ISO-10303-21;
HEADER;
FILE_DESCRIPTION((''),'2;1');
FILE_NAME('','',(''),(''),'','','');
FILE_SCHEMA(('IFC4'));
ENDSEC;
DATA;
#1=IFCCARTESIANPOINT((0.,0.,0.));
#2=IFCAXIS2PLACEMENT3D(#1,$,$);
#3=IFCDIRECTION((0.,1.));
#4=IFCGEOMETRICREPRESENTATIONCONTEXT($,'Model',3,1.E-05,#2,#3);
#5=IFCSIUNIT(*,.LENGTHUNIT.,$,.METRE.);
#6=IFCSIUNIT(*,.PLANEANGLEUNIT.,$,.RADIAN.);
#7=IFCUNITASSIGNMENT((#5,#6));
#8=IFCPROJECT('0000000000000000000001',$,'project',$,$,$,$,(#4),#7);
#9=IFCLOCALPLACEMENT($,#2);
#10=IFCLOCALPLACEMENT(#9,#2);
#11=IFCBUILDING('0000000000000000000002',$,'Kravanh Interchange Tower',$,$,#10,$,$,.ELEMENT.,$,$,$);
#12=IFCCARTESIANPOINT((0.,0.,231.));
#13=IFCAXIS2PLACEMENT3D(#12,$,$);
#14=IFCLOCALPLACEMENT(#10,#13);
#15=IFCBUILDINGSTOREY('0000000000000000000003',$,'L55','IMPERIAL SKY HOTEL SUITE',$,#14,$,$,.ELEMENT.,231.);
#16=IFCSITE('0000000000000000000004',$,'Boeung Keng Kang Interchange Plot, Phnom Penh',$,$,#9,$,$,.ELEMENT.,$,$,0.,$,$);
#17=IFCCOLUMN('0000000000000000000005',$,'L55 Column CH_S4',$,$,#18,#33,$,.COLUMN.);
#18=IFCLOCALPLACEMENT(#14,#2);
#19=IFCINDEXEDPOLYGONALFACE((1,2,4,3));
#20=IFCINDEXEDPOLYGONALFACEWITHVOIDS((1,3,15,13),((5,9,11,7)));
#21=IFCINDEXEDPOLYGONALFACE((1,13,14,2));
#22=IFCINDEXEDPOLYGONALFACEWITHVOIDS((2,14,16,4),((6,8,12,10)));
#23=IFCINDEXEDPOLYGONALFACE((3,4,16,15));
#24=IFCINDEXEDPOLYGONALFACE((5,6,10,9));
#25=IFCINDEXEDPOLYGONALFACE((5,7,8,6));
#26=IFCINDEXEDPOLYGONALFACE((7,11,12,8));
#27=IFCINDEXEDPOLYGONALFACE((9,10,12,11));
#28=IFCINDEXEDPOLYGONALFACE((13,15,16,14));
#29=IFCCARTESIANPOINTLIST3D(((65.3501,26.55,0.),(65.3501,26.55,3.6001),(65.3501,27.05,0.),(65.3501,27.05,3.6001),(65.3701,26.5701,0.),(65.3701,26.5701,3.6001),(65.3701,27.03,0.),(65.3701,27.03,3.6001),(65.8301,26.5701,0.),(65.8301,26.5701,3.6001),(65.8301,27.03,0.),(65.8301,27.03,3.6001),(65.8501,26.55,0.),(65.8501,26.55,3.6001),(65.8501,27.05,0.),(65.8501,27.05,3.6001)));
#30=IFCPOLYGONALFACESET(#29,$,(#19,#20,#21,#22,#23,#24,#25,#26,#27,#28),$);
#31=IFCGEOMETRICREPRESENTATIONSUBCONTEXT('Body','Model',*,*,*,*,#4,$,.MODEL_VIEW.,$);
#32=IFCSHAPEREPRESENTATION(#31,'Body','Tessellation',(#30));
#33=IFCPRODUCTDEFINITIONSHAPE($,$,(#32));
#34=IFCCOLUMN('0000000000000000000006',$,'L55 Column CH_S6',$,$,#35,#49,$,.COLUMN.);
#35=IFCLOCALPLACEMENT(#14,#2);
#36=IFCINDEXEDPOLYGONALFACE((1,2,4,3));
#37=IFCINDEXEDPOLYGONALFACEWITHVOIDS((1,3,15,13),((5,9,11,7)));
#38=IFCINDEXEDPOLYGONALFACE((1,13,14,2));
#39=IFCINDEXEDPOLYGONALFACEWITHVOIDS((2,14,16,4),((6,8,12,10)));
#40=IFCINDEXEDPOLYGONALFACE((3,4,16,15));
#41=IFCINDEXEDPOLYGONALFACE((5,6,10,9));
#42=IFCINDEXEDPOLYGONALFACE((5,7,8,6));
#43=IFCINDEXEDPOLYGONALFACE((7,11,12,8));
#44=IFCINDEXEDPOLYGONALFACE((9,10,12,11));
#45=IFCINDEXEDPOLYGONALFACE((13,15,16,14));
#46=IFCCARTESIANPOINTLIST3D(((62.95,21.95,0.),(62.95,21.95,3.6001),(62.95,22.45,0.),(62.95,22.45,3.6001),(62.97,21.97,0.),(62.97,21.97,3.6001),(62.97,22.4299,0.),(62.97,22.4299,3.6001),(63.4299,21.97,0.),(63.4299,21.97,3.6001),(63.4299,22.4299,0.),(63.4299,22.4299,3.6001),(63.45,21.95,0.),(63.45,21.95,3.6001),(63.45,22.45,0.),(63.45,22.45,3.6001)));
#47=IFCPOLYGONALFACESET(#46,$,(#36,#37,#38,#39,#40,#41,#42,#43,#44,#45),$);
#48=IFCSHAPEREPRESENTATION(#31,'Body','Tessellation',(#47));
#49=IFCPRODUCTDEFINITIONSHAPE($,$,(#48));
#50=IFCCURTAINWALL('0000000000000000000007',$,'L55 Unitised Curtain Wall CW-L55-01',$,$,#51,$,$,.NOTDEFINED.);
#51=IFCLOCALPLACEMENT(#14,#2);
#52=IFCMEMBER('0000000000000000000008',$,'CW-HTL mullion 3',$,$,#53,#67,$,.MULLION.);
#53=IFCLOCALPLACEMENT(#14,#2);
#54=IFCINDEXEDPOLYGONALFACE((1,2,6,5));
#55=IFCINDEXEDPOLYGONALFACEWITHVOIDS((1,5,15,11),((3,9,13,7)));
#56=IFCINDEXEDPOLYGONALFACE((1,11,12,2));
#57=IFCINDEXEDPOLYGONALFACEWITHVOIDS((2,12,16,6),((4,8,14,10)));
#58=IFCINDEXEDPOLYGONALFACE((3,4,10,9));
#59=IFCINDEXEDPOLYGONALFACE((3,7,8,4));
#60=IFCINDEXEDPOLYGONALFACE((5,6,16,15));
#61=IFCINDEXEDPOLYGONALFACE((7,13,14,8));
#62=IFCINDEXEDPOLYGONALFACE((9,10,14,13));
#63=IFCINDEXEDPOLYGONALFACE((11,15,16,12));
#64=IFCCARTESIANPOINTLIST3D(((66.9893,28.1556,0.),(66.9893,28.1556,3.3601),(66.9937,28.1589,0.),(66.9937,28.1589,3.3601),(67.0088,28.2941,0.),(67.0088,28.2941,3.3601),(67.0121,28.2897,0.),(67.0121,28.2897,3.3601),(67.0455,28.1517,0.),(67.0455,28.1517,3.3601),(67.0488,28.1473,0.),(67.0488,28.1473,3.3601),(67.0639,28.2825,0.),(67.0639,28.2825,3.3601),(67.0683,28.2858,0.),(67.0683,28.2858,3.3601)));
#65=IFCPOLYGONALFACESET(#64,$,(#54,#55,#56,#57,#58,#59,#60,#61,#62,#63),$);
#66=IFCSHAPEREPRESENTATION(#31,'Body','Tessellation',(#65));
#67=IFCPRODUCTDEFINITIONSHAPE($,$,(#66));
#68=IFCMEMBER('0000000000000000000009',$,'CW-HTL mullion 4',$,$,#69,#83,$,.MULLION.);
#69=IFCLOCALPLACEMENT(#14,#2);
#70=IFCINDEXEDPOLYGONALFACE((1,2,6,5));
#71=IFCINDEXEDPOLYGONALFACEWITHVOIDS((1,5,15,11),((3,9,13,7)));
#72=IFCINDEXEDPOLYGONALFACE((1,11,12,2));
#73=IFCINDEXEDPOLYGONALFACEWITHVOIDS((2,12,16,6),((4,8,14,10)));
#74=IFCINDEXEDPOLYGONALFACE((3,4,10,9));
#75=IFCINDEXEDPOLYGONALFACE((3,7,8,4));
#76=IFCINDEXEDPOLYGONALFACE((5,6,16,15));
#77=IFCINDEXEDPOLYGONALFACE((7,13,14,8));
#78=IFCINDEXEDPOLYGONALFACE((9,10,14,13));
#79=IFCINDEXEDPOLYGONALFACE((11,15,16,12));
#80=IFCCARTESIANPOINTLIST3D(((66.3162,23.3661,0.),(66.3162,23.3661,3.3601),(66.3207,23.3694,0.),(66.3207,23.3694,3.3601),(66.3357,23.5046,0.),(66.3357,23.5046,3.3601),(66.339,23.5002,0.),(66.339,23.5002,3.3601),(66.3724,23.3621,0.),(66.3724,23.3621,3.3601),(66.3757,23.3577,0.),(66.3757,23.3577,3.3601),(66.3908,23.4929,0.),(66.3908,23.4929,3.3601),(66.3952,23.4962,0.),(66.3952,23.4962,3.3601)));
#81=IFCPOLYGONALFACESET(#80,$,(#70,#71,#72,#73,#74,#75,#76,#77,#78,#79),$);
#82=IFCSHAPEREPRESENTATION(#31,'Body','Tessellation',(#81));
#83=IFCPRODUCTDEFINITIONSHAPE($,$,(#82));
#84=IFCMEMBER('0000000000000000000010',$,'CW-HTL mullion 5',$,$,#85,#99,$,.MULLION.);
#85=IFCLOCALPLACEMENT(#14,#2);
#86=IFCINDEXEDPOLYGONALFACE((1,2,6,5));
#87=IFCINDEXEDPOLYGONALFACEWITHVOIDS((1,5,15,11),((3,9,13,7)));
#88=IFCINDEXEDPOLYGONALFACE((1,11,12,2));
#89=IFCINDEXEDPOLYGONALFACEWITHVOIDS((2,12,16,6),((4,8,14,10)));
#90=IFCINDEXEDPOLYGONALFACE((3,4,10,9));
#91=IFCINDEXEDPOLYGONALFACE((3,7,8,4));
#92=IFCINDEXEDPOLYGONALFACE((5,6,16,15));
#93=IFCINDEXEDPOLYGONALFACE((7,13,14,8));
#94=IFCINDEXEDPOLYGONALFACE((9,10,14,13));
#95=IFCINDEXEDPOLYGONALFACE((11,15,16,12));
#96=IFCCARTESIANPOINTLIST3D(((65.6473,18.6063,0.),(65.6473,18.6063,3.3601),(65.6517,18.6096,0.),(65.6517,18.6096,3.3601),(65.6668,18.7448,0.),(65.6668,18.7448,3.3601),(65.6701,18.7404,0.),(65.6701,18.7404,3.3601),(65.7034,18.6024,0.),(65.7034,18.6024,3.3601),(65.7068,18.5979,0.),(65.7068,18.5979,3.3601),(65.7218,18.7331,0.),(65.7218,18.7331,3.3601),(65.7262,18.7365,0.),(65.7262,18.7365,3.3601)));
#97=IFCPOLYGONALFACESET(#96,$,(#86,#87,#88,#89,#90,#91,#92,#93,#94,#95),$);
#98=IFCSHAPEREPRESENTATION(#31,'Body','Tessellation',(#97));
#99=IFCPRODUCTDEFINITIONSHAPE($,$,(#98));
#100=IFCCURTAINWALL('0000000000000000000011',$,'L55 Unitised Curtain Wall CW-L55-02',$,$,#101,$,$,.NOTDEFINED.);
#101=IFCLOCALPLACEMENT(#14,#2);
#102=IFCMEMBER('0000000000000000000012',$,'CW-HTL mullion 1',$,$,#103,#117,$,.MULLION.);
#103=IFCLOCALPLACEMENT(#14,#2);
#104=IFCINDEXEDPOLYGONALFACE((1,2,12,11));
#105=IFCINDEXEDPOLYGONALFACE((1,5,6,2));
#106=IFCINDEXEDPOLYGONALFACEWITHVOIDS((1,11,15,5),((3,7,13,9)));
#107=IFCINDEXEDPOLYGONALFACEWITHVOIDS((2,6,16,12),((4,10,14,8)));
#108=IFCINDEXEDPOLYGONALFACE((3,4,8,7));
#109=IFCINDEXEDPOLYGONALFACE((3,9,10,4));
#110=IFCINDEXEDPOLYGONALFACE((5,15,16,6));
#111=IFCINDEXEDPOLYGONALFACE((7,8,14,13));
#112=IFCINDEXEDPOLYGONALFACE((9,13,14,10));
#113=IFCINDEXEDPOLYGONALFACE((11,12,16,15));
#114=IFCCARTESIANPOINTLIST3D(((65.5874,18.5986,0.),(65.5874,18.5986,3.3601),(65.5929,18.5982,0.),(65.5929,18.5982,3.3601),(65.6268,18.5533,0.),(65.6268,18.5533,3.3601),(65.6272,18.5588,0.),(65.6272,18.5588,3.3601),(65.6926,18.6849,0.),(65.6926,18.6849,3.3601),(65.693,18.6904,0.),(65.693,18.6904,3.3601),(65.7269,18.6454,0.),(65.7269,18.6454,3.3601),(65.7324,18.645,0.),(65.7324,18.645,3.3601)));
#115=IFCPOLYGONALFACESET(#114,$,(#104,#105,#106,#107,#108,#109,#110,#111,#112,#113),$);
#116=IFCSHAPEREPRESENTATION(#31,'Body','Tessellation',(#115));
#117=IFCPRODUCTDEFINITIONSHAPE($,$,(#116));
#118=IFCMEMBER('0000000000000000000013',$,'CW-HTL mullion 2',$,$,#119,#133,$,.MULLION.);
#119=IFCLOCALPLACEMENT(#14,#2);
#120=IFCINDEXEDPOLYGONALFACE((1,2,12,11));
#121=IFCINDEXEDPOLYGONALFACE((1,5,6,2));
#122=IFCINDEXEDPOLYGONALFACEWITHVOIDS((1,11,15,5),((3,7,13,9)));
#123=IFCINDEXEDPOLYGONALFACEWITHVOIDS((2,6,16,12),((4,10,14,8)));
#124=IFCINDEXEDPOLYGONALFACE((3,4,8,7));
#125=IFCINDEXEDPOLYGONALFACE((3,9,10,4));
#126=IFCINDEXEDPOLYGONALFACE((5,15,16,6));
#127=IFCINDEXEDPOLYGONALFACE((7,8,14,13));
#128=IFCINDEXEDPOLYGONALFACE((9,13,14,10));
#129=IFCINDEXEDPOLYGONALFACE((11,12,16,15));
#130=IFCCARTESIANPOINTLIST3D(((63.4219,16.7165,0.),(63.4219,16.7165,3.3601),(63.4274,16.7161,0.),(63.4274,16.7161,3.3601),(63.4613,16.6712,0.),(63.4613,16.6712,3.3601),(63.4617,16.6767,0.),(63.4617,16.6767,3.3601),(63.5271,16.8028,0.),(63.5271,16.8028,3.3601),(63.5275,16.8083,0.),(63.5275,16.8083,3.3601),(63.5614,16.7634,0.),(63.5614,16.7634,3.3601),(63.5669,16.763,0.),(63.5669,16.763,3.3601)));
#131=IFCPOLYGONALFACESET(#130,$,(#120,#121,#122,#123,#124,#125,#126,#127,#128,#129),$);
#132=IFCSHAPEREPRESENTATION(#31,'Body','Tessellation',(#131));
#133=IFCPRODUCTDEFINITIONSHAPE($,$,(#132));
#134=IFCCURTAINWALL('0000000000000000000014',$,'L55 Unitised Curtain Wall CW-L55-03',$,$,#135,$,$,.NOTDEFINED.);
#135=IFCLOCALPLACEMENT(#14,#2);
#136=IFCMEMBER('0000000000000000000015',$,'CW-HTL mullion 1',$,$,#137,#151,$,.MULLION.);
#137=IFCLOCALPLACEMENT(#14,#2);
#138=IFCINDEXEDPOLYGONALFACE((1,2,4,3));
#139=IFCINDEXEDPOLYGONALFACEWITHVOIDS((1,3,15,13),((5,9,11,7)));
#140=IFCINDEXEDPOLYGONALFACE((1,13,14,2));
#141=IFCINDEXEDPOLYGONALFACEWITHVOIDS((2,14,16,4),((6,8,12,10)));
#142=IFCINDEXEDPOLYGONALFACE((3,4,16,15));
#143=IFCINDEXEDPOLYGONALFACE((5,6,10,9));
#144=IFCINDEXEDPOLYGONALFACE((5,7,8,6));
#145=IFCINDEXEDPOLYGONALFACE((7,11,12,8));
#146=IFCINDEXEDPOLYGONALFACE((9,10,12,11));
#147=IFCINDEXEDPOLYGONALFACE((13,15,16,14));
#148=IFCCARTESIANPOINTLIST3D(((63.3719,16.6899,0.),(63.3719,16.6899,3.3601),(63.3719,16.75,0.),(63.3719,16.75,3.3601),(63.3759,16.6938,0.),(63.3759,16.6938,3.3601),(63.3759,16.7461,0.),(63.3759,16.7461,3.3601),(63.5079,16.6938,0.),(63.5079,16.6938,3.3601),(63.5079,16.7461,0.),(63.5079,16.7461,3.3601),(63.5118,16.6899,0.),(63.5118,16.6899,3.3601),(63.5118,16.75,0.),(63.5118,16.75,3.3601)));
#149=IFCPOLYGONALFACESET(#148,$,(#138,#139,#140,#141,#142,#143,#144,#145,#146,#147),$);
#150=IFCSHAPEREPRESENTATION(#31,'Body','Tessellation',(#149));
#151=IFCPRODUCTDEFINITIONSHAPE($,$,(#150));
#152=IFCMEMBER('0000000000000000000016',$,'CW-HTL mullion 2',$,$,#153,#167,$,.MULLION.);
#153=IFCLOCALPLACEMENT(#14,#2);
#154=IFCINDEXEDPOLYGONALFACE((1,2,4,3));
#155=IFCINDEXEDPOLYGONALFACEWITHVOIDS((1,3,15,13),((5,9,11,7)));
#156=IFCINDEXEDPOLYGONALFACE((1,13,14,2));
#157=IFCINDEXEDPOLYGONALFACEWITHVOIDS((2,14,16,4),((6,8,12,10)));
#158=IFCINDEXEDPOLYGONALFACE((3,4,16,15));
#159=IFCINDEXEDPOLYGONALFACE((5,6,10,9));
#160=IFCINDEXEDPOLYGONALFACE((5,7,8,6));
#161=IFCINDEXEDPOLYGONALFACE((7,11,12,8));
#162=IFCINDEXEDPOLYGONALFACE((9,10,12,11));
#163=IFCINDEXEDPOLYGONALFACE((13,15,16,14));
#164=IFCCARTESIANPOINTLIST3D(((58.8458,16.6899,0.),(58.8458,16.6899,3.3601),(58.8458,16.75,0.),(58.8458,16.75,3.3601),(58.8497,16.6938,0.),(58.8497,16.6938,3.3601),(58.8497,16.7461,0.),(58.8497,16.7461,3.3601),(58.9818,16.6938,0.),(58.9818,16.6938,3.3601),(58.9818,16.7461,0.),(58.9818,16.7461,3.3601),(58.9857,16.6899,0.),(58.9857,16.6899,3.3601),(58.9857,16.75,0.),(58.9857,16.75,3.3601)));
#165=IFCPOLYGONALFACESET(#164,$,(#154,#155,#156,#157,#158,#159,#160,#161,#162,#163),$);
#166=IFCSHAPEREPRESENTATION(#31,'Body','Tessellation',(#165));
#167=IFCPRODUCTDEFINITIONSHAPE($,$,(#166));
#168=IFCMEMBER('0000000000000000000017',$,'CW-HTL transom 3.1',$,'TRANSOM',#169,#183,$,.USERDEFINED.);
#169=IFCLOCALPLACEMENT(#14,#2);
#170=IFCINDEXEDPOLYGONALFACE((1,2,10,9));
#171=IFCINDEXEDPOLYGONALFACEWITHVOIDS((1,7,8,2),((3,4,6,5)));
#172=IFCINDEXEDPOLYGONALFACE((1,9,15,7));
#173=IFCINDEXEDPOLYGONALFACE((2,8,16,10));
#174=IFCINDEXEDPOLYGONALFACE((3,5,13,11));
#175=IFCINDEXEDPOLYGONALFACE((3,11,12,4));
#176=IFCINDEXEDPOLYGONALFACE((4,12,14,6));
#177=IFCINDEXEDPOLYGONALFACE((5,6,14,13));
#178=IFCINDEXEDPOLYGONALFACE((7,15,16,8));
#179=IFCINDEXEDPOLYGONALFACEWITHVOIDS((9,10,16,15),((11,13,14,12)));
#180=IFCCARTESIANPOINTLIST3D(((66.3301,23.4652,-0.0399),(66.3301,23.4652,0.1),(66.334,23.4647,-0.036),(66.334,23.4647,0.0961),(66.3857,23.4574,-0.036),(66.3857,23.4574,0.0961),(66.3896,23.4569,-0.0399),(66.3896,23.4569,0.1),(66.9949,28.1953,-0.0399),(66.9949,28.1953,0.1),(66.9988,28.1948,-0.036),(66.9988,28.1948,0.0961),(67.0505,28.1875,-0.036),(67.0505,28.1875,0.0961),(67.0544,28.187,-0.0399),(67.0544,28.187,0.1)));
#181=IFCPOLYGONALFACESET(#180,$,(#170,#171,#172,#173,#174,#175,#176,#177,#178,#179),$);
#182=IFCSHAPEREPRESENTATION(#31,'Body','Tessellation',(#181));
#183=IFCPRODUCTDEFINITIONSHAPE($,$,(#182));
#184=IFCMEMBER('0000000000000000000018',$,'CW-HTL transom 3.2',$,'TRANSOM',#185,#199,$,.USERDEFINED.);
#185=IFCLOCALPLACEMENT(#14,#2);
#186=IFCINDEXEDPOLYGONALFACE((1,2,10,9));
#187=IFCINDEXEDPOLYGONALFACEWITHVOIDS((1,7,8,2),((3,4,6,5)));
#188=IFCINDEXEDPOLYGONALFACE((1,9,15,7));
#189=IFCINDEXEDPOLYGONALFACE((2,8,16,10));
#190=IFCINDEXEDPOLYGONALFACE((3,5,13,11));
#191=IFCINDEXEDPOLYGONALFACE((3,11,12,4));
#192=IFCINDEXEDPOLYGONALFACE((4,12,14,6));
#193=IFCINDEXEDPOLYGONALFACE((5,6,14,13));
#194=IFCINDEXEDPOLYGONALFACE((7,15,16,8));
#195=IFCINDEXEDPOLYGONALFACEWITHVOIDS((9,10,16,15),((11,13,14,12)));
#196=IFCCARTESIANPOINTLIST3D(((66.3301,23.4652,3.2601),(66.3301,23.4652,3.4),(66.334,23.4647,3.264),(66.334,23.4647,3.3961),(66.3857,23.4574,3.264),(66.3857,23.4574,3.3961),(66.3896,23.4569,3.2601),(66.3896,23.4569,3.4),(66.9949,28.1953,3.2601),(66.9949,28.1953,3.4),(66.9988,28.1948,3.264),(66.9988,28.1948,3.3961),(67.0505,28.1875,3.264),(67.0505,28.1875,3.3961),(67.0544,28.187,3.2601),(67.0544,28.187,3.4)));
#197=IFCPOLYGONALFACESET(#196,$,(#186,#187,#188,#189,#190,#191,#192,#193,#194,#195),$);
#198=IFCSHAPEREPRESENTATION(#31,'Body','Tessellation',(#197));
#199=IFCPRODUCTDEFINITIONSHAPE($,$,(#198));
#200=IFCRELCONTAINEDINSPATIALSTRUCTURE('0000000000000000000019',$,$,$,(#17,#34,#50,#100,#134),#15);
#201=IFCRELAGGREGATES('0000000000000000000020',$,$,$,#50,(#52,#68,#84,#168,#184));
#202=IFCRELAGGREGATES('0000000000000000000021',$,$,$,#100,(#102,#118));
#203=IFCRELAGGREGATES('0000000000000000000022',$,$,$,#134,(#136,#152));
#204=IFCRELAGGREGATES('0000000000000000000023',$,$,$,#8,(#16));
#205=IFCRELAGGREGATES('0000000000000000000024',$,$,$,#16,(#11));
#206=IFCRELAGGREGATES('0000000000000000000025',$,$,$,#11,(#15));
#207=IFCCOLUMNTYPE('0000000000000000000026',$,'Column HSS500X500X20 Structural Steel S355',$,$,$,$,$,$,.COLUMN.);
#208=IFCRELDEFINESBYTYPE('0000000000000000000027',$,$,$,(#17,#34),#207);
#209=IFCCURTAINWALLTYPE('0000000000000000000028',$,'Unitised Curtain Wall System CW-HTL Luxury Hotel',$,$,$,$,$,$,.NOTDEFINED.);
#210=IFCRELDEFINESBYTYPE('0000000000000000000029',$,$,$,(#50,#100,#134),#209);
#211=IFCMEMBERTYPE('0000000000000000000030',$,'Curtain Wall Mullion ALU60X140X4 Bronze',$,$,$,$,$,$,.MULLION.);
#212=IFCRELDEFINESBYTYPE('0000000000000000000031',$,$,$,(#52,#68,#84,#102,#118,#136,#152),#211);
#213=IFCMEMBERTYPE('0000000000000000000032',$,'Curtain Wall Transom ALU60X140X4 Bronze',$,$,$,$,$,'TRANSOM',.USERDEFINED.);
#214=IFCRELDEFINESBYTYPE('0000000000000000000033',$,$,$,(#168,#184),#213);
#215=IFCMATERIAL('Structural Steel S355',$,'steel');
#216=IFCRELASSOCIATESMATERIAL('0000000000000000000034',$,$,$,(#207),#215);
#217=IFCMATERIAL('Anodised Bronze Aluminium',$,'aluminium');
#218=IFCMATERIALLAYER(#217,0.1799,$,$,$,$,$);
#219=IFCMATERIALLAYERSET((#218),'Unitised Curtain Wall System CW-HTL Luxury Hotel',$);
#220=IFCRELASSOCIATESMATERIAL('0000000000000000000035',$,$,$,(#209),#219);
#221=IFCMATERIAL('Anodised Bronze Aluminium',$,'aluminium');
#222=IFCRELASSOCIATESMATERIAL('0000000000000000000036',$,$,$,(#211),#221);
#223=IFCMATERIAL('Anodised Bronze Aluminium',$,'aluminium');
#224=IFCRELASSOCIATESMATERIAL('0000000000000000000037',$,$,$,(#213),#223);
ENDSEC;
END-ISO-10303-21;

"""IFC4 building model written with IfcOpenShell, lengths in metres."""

from ifc_helpers import new_model, si_unit, direction, frame, origin, origin_2d, place, context, subcontext, project, spatial, hollow_rectangle, extrude, material, layer, layer_set, material_profile, profile_set, type_object, element, aggregate, save


model = new_model("IFC4")

# Units and contexts
model_context = context("Model", 3, precision=1e-05, world=origin(), true_north=direction((0.0, 1.0)))
body_context = subcontext(model_context, "Body", "Model", "MODEL_VIEW")
ifc_project = project(units=[si_unit("LENGTHUNIT", "METRE"), si_unit("PLANEANGLEUNIT", "RADIAN")], contexts=[model_context])

# Site, building, storey
site_placement = place(None, origin())
site = spatial("IfcSite", under=ifc_project, at=site_placement, Name="Boeung Keng Kang Interchange Plot, Phnom Penh", CompositionType="ELEMENT", RefElevation=0.0)
building_placement = place(site_placement, origin())
building = spatial("IfcBuilding", under=site, at=building_placement, Name="Kravanh Interchange Tower", CompositionType="ELEMENT")
storey_placement = place(building_placement, frame((0.0, 0.0, 231.0)))
storey = spatial("IfcBuildingStorey", under=building, at=storey_placement, Name="L55", Description="IMPERIAL SKY HOTEL SUITE", CompositionType="ELEMENT", Elevation=231.0)

# Columns
ifc_material_1 = material(Name="Structural Steel S355", Category="steel")
ifc_material_profile_1 = material_profile(ifc_material_1, hollow_rectangle(XDim=0.5, YDim=0.5, WallThickness=0.02, at=origin_2d()), Name="HSS500X500X20")
ifc_profile_set_1 = profile_set([ifc_material_profile_1], Name="Structural Steel S355")
column_type = type_object("IfcColumnType", Name="Column HSS500X500X20 Structural Steel S355", PredefinedType="COLUMN", material=ifc_profile_set_1)
for number, where, z_axis, x_axis, name in (
    (1, (65.6001, 26.8, 0.0), (0.0, 0.0, 1.0), (1.0, 0.0, 0.0), "L55 Column CH_S4"),
    (2, (63.2, 22.2, 0.0), (0.0, 0.0, 1.0), (1.0, 0.0, 0.0), "L55 Column CH_S6"),
):
    element("IfcColumn", number, at=place(storey_placement, frame(where, z_axis=z_axis, x_axis=x_axis)), inside=storey, type_object=column_type, Name=name, PredefinedType="COLUMN", context=body_context, shape_type="SweptSolid", body=[
        extrude(hollow_rectangle(XDim=0.5, YDim=0.5, WallThickness=0.02, at=origin_2d()), origin(), (0.0, 0.0, 1.0), 3.6001),
    ])

# Curtain walls, members
ifc_material_2 = material(Name="Anodised Bronze Aluminium", Category="aluminium")
ifc_layer_1 = layer(ifc_material_2, 0.1799)
ifc_layer_set_1 = layer_set([ifc_layer_1], Name="Unitised Curtain Wall System CW-HTL Luxury Hotel")
curtain_wall_type = type_object("IfcCurtainWallType", Name="Unitised Curtain Wall System CW-HTL Luxury Hotel", PredefinedType="NOTDEFINED", material=ifc_layer_set_1)
curtain_wall_1_placement = place(storey_placement, origin())
curtain_wall_1 = element("IfcCurtainWall", 3, at=curtain_wall_1_placement, inside=storey, type_object=curtain_wall_type, Name="L55 Unitised Curtain Wall CW-L55-01", PredefinedType="NOTDEFINED")
ifc_material_3 = material(Name="Anodised Bronze Aluminium", Category="aluminium")
ifc_material_profile_2 = material_profile(ifc_material_3, hollow_rectangle(XDim=0.0601, YDim=0.1399, WallThickness=0.0039, at=origin_2d()), Name="ALU60X140X4")
ifc_profile_set_2 = profile_set([ifc_material_profile_2], Name="Anodised Bronze Aluminium")
member_type_1 = type_object("IfcMemberType", Name="Curtain Wall Mullion ALU60X140X4 Bronze", PredefinedType="MULLION", material=ifc_profile_set_2)
member_1_placement = place(storey_placement, frame((67.0288, 28.2207, 0.0), z_axis=(0.0, 0.0, 1.0), x_axis=(0.990268, -0.139176, 0.0)))
member_1 = element("IfcMember", 4, at=member_1_placement, type_object=member_type_1, Name="CW-HTL mullion 3", PredefinedType="MULLION", context=body_context, shape_type="SweptSolid", body=[
    extrude(hollow_rectangle(XDim=0.0601, YDim=0.1399, WallThickness=0.0039, at=origin_2d()), origin(), (0.0, 0.0, 1.0), 3.3601),
])
member_2_placement = place(storey_placement, frame((66.3557, 23.4312, 0.0), z_axis=(0.0, 0.0, 1.0), x_axis=(0.990268, -0.139176, 0.0)))
member_2 = element("IfcMember", 5, at=member_2_placement, type_object=member_type_1, Name="CW-HTL mullion 4", PredefinedType="MULLION", context=body_context, shape_type="SweptSolid", body=[
    extrude(hollow_rectangle(XDim=0.0601, YDim=0.1399, WallThickness=0.0039, at=origin_2d()), origin(), (0.0, 0.0, 1.0), 3.3601),
])
member_3_placement = place(storey_placement, frame((65.6868, 18.6714, 0.0), z_axis=(0.0, 0.0, 1.0), x_axis=(0.990268, -0.139176, 0.0)))
member_3 = element("IfcMember", 6, at=member_3_placement, type_object=member_type_1, Name="CW-HTL mullion 5", PredefinedType="MULLION", context=body_context, shape_type="SweptSolid", body=[
    extrude(hollow_rectangle(XDim=0.0601, YDim=0.1399, WallThickness=0.0039, at=origin_2d()), origin(), (0.0, 0.0, 1.0), 3.3601),
])
curtain_wall_2_placement = place(storey_placement, origin())
curtain_wall_2 = element("IfcCurtainWall", 7, at=curtain_wall_2_placement, inside=storey, type_object=curtain_wall_type, Name="L55 Unitised Curtain Wall CW-L55-02", PredefinedType="NOTDEFINED")
member_4_placement = place(storey_placement, frame((65.6599, 18.6218, 0.0), z_axis=(0.0, 0.0, 1.0), x_axis=(0.656033, -0.754732, 0.0)))
member_4 = element("IfcMember", 8, at=member_4_placement, type_object=member_type_1, Name="CW-HTL mullion 1", PredefinedType="MULLION", context=body_context, shape_type="SweptSolid", body=[
    extrude(hollow_rectangle(XDim=0.0601, YDim=0.1399, WallThickness=0.0039, at=origin_2d()), origin(), (0.0, 0.0, 1.0), 3.3601),
])
member_5_placement = place(storey_placement, frame((63.4944, 16.7397, 0.0), z_axis=(0.0, 0.0, 1.0), x_axis=(0.656033, -0.754732, 0.0)))
member_5 = element("IfcMember", 9, at=member_5_placement, type_object=member_type_1, Name="CW-HTL mullion 2", PredefinedType="MULLION", context=body_context, shape_type="SweptSolid", body=[
    extrude(hollow_rectangle(XDim=0.0601, YDim=0.1399, WallThickness=0.0039, at=origin_2d()), origin(), (0.0, 0.0, 1.0), 3.3601),
])
curtain_wall_3_placement = place(storey_placement, origin())
curtain_wall_3 = element("IfcCurtainWall", 10, at=curtain_wall_3_placement, inside=storey, type_object=curtain_wall_type, Name="L55 Unitised Curtain Wall CW-L55-03", PredefinedType="NOTDEFINED")
member_6_placement = place(storey_placement, frame((63.4419, 16.72, 0.0), z_axis=(0.0, 0.0, 1.0), x_axis=(0.0, -1.0, 0.0)))
member_6 = element("IfcMember", 11, at=member_6_placement, type_object=member_type_1, Name="CW-HTL mullion 1", PredefinedType="MULLION", context=body_context, shape_type="SweptSolid", body=[
    extrude(hollow_rectangle(XDim=0.0601, YDim=0.1399, WallThickness=0.0039, at=origin_2d()), origin(), (0.0, 0.0, 1.0), 3.3601),
])
member_7_placement = place(storey_placement, frame((58.9158, 16.72, 0.0), z_axis=(0.0, 0.0, 1.0), x_axis=(0.0, -1.0, 0.0)))
member_7 = element("IfcMember", 12, at=member_7_placement, type_object=member_type_1, Name="CW-HTL mullion 2", PredefinedType="MULLION", context=body_context, shape_type="SweptSolid", body=[
    extrude(hollow_rectangle(XDim=0.0601, YDim=0.1399, WallThickness=0.0039, at=origin_2d()), origin(), (0.0, 0.0, 1.0), 3.3601),
])

# Members
ifc_material_4 = material(Name="Anodised Bronze Aluminium", Category="aluminium")
ifc_material_profile_3 = material_profile(ifc_material_4, hollow_rectangle(XDim=0.0601, YDim=0.1399, WallThickness=0.0039, at=origin_2d()), Name="ALU60X140X4")
ifc_profile_set_3 = profile_set([ifc_material_profile_3], Name="Anodised Bronze Aluminium")
member_type_2 = type_object("IfcMemberType", Name="Curtain Wall Transom ALU60X140X4 Bronze", ElementType="TRANSOM", PredefinedType="USERDEFINED", material=ifc_profile_set_3)
member_8_placement = place(storey_placement, frame((67.0247, 28.1912, 0.03), z_axis=(-0.139174, -0.990268, 0.0), x_axis=(0.990268, -0.139174, 0.0)))
member_8 = element("IfcMember", 13, at=member_8_placement, type_object=member_type_2, Name="CW-HTL transom 3.1", ObjectType="TRANSOM", PredefinedType="USERDEFINED", context=body_context, shape_type="SweptSolid", body=[
    extrude(hollow_rectangle(XDim=0.0601, YDim=0.1399, WallThickness=0.0039, at=origin_2d()), origin(), (0.0, 0.0, 1.0), 4.7766),
])
member_9_placement = place(storey_placement, frame((67.0247, 28.1912, 3.3301), z_axis=(-0.139174, -0.990268, 0.0), x_axis=(0.990268, -0.139174, 0.0)))
member_9 = element("IfcMember", 14, at=member_9_placement, type_object=member_type_2, Name="CW-HTL transom 3.2", ObjectType="TRANSOM", PredefinedType="USERDEFINED", context=body_context, shape_type="SweptSolid", body=[
    extrude(hollow_rectangle(XDim=0.0601, YDim=0.1399, WallThickness=0.0039, at=origin_2d()), origin(), (0.0, 0.0, 1.0), 4.7766),
])

aggregate(curtain_wall_1, [member_1, member_2, member_3, member_8, member_9])
aggregate(curtain_wall_2, [member_4, member_5])
aggregate(curtain_wall_3, [member_6, member_7])

save(model, "model.ifc")
